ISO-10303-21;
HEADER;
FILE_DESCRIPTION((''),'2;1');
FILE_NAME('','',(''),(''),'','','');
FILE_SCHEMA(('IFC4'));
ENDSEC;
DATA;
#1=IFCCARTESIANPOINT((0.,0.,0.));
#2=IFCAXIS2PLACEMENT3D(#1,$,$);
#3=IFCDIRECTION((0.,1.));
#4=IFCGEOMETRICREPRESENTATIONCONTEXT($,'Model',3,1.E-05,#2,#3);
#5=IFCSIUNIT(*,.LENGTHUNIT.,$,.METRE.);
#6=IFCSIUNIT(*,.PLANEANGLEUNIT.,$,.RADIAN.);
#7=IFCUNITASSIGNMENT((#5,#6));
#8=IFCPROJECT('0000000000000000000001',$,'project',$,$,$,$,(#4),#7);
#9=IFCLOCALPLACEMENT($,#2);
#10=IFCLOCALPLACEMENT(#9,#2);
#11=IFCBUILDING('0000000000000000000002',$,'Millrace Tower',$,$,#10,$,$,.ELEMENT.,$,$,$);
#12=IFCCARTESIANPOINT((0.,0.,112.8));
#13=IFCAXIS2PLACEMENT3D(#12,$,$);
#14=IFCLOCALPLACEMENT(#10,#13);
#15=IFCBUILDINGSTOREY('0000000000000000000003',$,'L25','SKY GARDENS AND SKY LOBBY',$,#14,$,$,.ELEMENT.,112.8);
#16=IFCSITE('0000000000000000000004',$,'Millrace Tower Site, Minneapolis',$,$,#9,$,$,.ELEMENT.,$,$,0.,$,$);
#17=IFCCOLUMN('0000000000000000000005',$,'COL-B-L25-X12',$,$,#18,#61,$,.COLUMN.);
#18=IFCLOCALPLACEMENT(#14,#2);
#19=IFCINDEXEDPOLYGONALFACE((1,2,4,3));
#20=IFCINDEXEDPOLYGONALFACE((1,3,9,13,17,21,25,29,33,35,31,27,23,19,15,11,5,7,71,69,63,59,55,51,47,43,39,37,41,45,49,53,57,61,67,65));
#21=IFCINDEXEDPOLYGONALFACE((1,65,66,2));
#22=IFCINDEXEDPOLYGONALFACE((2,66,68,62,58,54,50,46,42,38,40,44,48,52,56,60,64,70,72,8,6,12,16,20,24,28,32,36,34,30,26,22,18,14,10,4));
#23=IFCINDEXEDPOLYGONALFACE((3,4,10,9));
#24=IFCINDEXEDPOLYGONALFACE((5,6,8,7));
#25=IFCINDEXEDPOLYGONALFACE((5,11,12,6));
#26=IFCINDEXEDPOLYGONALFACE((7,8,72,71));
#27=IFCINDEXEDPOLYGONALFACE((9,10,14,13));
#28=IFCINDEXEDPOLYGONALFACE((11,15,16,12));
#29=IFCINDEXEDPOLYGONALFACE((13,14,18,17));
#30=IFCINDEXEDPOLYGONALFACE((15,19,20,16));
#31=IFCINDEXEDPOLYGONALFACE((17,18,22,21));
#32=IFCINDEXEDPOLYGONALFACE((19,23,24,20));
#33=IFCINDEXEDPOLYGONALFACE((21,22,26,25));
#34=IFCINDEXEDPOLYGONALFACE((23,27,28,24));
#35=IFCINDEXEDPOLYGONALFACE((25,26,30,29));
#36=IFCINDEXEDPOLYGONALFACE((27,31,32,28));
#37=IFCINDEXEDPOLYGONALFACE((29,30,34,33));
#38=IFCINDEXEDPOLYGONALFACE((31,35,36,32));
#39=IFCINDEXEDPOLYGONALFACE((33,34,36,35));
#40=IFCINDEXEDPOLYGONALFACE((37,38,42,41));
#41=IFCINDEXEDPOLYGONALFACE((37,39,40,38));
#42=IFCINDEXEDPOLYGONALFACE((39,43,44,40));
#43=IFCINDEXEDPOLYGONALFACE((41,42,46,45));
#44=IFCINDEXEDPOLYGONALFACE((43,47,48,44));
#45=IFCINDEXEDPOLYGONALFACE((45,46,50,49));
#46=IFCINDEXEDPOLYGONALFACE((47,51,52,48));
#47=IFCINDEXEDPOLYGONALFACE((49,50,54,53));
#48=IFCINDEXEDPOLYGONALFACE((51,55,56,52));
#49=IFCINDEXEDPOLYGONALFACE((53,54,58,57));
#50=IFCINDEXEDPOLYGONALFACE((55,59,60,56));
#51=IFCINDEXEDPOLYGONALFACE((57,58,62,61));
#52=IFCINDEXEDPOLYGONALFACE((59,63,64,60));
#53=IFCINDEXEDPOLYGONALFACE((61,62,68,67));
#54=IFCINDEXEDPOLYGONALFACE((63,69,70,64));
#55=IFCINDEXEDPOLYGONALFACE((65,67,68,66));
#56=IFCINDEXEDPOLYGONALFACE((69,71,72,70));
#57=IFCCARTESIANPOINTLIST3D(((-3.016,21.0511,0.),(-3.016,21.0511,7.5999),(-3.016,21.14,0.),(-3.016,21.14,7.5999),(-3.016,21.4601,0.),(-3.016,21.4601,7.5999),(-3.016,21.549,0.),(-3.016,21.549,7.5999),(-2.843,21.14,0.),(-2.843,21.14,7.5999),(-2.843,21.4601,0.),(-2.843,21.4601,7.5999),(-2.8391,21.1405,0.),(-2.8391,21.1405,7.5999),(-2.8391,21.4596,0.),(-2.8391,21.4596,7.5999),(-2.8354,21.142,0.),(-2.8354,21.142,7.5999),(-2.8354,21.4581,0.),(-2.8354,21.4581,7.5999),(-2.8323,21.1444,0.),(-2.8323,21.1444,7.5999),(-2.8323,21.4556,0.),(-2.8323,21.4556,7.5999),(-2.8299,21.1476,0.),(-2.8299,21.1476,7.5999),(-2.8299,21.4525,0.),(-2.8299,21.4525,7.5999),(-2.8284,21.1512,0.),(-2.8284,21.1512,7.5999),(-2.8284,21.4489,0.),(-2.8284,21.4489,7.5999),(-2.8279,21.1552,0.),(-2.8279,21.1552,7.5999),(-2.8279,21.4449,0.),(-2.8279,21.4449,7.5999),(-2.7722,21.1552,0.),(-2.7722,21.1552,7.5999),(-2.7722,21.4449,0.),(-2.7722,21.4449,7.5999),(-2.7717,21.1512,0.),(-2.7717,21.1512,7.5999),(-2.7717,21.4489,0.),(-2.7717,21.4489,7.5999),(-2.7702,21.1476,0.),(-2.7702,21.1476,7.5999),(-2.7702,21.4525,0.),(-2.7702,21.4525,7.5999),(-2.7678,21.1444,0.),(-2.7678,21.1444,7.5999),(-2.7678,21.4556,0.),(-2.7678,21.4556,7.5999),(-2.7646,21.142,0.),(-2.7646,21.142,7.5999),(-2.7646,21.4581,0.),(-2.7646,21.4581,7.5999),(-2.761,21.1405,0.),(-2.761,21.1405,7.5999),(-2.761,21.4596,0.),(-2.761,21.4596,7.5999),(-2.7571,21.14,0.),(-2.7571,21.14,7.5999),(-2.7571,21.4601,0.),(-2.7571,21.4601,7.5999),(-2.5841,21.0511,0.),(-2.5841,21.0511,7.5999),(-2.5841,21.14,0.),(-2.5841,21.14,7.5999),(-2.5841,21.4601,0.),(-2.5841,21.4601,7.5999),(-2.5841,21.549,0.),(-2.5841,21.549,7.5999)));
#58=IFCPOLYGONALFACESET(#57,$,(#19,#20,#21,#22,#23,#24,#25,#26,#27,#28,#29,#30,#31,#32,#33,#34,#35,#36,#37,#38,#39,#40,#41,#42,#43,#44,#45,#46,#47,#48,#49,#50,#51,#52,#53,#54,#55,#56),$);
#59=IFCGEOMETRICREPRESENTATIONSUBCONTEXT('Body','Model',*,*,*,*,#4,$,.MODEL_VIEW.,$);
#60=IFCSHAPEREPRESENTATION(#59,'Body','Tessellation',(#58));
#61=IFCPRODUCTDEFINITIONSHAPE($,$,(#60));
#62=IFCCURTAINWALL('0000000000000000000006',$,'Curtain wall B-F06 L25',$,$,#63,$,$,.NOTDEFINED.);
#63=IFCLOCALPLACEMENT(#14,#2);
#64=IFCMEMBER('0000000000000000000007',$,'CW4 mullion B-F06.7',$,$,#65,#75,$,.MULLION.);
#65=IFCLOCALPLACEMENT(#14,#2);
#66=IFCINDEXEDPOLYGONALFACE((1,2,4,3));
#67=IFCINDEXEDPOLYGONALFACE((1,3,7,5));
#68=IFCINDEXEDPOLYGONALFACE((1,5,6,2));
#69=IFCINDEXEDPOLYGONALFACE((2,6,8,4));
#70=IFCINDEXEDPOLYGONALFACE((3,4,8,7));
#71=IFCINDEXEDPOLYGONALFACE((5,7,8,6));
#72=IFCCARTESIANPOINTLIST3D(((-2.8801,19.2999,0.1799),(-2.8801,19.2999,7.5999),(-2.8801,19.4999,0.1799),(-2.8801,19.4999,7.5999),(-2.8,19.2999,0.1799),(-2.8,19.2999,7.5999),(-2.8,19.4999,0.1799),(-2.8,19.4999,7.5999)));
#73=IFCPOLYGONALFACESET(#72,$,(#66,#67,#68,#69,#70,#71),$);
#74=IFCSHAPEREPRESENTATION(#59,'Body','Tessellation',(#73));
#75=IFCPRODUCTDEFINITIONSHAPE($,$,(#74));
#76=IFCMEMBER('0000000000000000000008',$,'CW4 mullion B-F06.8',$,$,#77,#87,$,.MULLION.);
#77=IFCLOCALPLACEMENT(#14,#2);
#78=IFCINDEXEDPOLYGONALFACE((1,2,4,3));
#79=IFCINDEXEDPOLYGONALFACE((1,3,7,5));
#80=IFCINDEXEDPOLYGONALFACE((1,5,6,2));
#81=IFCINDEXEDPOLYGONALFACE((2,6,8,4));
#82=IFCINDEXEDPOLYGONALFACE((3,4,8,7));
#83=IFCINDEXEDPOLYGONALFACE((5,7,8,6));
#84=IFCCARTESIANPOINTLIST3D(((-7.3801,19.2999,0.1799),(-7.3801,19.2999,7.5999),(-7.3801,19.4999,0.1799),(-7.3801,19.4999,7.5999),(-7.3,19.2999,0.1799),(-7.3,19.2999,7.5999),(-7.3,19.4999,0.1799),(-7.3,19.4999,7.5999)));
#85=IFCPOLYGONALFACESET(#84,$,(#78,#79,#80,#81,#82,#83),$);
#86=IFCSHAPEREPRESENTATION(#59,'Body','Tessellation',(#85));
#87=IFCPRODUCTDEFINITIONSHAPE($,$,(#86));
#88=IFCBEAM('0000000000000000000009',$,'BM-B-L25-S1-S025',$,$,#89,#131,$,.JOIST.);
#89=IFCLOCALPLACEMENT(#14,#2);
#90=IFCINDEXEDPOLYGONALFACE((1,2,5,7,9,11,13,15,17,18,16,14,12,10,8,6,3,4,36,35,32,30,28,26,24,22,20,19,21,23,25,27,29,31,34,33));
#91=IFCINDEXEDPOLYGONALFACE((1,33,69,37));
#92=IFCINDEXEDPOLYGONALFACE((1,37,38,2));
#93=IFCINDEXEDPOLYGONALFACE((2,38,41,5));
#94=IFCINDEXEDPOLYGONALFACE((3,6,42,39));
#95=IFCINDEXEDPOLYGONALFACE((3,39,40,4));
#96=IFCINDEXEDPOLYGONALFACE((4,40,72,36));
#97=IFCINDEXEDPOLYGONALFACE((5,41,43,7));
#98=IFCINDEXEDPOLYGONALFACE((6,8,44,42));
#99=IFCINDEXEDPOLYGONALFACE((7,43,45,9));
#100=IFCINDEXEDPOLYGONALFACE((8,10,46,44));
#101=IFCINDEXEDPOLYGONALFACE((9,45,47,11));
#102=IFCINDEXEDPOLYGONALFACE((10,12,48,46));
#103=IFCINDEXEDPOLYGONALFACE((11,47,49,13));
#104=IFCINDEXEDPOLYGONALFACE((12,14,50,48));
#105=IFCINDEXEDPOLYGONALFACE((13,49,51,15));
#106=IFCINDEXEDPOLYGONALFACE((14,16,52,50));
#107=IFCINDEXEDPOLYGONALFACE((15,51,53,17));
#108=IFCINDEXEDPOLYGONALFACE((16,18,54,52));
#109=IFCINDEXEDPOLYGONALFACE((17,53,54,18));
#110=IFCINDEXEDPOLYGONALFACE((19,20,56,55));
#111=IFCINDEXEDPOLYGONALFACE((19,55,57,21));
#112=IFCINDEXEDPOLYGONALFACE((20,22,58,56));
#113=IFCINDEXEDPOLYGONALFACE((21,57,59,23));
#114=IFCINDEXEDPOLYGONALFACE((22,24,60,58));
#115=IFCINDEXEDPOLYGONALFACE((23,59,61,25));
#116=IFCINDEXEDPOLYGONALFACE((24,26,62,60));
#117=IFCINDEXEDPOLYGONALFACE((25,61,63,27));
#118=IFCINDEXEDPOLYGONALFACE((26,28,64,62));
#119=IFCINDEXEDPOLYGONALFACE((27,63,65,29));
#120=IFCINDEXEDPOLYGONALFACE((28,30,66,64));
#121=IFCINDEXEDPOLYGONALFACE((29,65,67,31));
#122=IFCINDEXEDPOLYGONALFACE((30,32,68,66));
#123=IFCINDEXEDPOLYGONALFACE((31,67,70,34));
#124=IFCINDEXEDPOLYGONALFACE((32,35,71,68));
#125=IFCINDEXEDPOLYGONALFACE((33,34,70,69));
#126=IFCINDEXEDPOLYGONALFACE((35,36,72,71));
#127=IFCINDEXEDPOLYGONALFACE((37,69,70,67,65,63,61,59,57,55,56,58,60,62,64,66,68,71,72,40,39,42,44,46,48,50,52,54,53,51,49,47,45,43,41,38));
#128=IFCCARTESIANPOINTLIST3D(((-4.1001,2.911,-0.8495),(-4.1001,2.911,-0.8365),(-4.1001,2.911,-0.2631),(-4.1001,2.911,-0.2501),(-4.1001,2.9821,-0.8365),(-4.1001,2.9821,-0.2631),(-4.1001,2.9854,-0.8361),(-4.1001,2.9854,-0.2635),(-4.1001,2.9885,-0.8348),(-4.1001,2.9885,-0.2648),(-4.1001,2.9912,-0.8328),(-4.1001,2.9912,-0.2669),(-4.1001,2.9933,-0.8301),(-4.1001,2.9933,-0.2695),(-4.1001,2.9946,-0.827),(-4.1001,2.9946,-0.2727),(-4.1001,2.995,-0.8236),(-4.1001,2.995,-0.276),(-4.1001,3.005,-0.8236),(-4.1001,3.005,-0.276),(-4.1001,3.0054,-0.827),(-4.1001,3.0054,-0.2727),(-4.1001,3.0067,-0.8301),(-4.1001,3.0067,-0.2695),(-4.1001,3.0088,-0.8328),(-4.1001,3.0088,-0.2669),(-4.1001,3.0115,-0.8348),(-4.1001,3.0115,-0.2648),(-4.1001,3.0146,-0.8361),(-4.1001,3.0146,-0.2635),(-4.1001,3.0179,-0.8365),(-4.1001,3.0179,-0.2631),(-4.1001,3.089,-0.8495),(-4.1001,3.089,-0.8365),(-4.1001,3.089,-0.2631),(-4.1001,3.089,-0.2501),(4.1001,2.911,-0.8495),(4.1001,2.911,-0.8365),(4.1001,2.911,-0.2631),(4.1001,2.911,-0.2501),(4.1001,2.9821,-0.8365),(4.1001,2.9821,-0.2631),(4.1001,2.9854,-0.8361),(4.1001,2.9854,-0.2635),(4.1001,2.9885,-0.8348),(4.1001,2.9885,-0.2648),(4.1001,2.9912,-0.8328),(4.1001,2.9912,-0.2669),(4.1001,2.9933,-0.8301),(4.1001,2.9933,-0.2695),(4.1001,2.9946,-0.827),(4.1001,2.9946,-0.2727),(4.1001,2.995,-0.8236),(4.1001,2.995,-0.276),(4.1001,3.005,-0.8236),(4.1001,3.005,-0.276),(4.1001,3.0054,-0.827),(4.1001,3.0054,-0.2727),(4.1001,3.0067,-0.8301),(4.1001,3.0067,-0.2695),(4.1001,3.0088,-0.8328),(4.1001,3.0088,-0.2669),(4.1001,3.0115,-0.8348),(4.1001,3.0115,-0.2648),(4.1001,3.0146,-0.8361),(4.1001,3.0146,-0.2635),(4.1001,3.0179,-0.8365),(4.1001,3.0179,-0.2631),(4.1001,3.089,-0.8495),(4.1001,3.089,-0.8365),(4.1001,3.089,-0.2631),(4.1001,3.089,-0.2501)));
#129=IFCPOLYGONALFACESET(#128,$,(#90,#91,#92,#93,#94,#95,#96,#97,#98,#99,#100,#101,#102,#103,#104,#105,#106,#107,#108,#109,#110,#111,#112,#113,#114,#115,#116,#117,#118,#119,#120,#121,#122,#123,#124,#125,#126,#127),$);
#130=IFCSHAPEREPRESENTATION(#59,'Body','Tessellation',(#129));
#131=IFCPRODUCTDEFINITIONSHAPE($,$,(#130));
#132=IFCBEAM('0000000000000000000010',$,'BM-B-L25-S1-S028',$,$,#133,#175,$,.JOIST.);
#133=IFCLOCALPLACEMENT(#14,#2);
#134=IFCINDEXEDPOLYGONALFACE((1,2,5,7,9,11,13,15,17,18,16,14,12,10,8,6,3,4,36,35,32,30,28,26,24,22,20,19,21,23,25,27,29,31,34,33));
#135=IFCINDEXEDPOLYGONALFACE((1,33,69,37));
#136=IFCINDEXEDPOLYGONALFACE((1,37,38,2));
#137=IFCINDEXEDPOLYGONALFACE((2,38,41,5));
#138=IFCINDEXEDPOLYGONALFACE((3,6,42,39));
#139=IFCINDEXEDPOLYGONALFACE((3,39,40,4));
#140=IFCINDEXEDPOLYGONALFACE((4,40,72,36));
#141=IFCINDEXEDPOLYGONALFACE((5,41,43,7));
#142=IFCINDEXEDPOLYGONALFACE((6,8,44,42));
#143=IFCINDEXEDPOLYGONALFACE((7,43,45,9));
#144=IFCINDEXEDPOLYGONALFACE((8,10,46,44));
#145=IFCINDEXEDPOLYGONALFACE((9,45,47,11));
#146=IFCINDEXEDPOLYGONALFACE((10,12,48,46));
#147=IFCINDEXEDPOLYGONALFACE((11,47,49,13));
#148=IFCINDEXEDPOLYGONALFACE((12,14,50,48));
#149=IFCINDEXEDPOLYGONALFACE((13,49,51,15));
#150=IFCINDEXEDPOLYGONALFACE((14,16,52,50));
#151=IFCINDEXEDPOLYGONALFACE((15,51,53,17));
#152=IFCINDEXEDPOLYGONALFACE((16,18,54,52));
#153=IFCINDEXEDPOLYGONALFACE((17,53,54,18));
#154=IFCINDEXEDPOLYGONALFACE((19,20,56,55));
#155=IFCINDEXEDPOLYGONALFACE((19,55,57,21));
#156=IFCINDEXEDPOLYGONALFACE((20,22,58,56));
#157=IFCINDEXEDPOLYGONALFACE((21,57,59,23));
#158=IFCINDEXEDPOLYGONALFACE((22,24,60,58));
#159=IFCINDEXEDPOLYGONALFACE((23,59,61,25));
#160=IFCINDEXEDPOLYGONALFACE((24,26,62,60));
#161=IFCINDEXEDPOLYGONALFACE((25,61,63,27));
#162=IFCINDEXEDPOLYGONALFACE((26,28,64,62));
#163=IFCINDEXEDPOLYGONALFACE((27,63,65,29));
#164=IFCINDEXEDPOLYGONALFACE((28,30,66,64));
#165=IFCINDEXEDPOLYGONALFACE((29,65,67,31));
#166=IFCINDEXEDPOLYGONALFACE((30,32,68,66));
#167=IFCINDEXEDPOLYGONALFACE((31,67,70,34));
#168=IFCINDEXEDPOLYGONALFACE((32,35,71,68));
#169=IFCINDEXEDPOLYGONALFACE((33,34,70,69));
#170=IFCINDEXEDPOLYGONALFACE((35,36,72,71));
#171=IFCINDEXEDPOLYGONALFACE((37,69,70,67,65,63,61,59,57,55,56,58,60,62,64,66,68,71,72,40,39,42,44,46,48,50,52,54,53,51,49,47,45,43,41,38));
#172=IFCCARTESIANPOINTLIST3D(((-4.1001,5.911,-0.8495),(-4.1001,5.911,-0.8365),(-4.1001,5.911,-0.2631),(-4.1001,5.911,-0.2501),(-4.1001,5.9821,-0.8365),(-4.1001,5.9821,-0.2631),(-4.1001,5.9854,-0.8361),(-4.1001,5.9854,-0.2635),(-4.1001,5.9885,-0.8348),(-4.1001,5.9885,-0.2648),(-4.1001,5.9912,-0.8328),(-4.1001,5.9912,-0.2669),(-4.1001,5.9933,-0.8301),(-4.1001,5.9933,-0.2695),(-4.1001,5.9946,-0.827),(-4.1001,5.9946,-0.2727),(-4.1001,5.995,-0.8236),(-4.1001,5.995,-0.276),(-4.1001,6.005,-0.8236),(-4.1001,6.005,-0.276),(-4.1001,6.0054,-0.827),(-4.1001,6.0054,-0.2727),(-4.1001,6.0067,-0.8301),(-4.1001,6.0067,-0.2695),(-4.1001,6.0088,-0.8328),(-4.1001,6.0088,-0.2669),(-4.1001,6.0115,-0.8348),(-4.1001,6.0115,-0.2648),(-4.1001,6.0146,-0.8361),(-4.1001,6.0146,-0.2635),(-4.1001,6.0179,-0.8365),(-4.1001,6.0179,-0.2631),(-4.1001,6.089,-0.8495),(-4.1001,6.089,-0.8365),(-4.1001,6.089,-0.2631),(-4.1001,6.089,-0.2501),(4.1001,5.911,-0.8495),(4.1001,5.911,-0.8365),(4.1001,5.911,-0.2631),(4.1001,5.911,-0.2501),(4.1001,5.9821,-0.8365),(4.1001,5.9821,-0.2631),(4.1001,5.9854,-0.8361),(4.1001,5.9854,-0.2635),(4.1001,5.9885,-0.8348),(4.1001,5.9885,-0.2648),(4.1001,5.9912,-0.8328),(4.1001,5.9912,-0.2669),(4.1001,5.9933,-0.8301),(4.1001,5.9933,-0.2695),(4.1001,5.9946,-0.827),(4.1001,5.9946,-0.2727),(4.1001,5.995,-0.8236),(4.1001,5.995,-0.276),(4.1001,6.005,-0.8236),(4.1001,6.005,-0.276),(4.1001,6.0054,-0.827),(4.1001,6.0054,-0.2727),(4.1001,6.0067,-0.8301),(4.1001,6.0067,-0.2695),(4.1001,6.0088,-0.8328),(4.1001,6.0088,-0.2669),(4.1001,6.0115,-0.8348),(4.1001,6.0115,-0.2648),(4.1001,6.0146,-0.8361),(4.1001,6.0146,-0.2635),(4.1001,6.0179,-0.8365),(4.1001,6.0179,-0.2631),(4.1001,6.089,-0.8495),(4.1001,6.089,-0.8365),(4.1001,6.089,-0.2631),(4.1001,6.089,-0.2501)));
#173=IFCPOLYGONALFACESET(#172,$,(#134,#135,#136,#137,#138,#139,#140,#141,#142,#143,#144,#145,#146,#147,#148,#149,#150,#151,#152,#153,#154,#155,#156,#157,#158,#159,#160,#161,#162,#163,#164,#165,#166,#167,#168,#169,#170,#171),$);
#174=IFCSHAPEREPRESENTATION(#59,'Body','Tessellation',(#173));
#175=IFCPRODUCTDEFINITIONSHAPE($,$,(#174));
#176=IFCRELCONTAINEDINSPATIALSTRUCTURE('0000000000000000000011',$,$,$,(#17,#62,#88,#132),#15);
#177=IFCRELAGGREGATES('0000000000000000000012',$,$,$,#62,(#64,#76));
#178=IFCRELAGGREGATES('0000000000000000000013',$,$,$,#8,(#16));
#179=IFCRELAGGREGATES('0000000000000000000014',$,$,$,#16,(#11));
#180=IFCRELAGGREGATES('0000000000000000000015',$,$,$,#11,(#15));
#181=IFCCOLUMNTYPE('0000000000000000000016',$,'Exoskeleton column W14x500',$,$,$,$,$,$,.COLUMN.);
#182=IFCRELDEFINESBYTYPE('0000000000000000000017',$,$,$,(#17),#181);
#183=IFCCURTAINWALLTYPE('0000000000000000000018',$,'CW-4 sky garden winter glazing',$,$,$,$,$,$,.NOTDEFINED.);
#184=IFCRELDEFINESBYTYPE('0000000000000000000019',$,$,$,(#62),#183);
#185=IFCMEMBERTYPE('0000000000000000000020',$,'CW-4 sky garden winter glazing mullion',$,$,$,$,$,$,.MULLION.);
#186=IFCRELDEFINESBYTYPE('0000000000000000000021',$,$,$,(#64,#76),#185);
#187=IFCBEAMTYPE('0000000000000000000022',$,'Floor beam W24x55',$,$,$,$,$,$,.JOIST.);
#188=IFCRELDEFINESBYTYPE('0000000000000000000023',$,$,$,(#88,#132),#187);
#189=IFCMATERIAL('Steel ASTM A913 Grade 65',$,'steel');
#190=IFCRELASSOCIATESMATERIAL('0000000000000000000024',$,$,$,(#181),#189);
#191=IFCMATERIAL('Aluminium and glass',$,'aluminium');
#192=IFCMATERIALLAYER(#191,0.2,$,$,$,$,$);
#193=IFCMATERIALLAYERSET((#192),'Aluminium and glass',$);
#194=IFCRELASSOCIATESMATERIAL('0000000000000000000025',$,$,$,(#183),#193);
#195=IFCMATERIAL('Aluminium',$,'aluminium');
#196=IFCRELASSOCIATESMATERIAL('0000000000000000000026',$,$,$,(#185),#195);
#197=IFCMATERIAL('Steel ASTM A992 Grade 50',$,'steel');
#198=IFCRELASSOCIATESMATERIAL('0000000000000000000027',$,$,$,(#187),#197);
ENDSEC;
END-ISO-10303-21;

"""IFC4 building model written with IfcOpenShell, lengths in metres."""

from ifc_helpers import new_model, si_unit, direction, frame, origin, origin_2d, place, context, subcontext, project, spatial, rectangle, i_section, extrude, material, layer, layer_set, material_profile, profile_set, type_object, element, aggregate, save


model = new_model("IFC4")

# Units and contexts
model_context = context("Model", 3, precision=1e-05, world=origin(), true_north=direction((0.0, 1.0)))
body_context = subcontext(model_context, "Body", "Model", "MODEL_VIEW")
ifc_project = project(units=[si_unit("LENGTHUNIT", "METRE"), si_unit("PLANEANGLEUNIT", "RADIAN")], contexts=[model_context])

# Site, building, storey
site_placement = place(None, origin())
site = spatial("IfcSite", under=ifc_project, at=site_placement, Name="Millrace Tower Site, Minneapolis", CompositionType="ELEMENT", RefElevation=0.0)
building_placement = place(site_placement, origin())
building = spatial("IfcBuilding", under=site, at=building_placement, Name="Millrace Tower", CompositionType="ELEMENT")
storey_placement = place(building_placement, frame((0.0, 0.0, 112.8)))
storey = spatial("IfcBuildingStorey", under=building, at=storey_placement, Name="L25", Description="SKY GARDENS AND SKY LOBBY", CompositionType="ELEMENT", Elevation=112.8)

# Column
ifc_material_1 = material(Name="Steel ASTM A913 Grade 65", Category="steel")
ifc_material_profile_1 = material_profile(ifc_material_1, i_section(OverallWidth=0.4319, OverallDepth=0.4978, WebThickness=0.0557, FlangeThickness=0.0889, FilletRadius=0.0151, at=origin_2d()))
ifc_profile_set_1 = profile_set([ifc_material_profile_1], Name="Steel ASTM A913 Grade 65")
column_type = type_object("IfcColumnType", Name="Exoskeleton column W14x500", PredefinedType="COLUMN", material=ifc_profile_set_1)
column_placement = place(storey_placement, frame((-2.8, 21.3, 0.0), z_axis=(0.0, 0.0, 1.0), x_axis=(-1.0, 0.0, 0.0)))
element("IfcColumn", 1, at=column_placement, inside=storey, type_object=column_type, Name="COL-B-L25-X12", PredefinedType="COLUMN", context=body_context, shape_type="SweptSolid", body=[
    extrude(i_section(OverallWidth=0.4319, OverallDepth=0.4978, WebThickness=0.0557, FlangeThickness=0.0889, FilletRadius=0.0151, at=origin_2d()), origin(), (0.0, 0.0, 1.0), 7.5999),
])

# Curtain wall, members
ifc_material_2 = material(Name="Aluminium and glass", Category="aluminium")
ifc_layer_1 = layer(ifc_material_2, 0.2)
ifc_layer_set_1 = layer_set([ifc_layer_1], Name="Aluminium and glass")
curtain_wall_type = type_object("IfcCurtainWallType", Name="CW-4 sky garden winter glazing", PredefinedType="NOTDEFINED", material=ifc_layer_set_1)
placement = place(storey_placement, origin())
curtain_wall = element("IfcCurtainWall", 2, at=placement, inside=storey, type_object=curtain_wall_type, Name="Curtain wall B-F06 L25", PredefinedType="NOTDEFINED")
ifc_material_3 = material(Name="Aluminium", Category="aluminium")
ifc_material_profile_2 = material_profile(ifc_material_3, rectangle(XDim=0.0801, YDim=0.2, at=origin_2d()))
ifc_profile_set_2 = profile_set([ifc_material_profile_2], Name="Aluminium")
member_type = type_object("IfcMemberType", Name="CW-4 sky garden winter glazing mullion", PredefinedType="MULLION", material=ifc_profile_set_2)
member_1_placement = place(storey_placement, frame((-2.8401, 19.3999, 0.1799), z_axis=(0.0, 0.0, 1.0), x_axis=(-1.0, 0.0, 0.0)))
member_1 = element("IfcMember", 3, at=member_1_placement, type_object=member_type, Name="CW4 mullion B-F06.7", PredefinedType="MULLION", context=body_context, shape_type="SweptSolid", body=[
    extrude(rectangle(XDim=0.0801, YDim=0.2, at=origin_2d()), origin(), (0.0, 0.0, 1.0), 7.4199),
])
member_2_placement = place(storey_placement, frame((-7.3401, 19.3999, 0.1799), z_axis=(0.0, 0.0, 1.0), x_axis=(-1.0, 0.0, 0.0)))
member_2 = element("IfcMember", 4, at=member_2_placement, type_object=member_type, Name="CW4 mullion B-F06.8", PredefinedType="MULLION", context=body_context, shape_type="SweptSolid", body=[
    extrude(rectangle(XDim=0.0801, YDim=0.2, at=origin_2d()), origin(), (0.0, 0.0, 1.0), 7.4199),
])
aggregate(curtain_wall, [member_1, member_2])

# Beams
ifc_material_4 = material(Name="Steel ASTM A992 Grade 50", Category="steel")
ifc_material_profile_3 = material_profile(ifc_material_4, i_section(OverallWidth=0.178, OverallDepth=0.5994, WebThickness=0.01, FlangeThickness=0.0129, FilletRadius=0.0129, at=origin_2d()))
ifc_profile_set_3 = profile_set([ifc_material_profile_3], Name="Steel ASTM A992 Grade 50")
beam_type_1 = type_object("IfcBeamType", Name="Floor beam W24x55", PredefinedType="JOIST", material=ifc_profile_set_3)
for number, where, z_axis, x_axis, name in (
    (5, (-4.1001, 3.0, -0.5498), (1.0, 0.0, 0.0), (0.0, 1.0, 0.0), "BM-B-L25-S1-S025"),
    (6, (-4.1001, 6.0, -0.5498), (1.0, 0.0, 0.0), (0.0, 1.0, 0.0), "BM-B-L25-S1-S028"),
):
    element("IfcBeam", number, at=place(storey_placement, frame(where, z_axis=z_axis, x_axis=x_axis)), inside=storey, type_object=beam_type_1, Name=name, PredefinedType="JOIST", context=body_context, shape_type="SweptSolid", body=[
        extrude(i_section(OverallWidth=0.178, OverallDepth=0.5994, WebThickness=0.01, FlangeThickness=0.0129, FilletRadius=0.0129, at=origin_2d()), origin(), (0.0, 0.0, 1.0), 8.2002),
    ])

save(model, "model.ifc")
